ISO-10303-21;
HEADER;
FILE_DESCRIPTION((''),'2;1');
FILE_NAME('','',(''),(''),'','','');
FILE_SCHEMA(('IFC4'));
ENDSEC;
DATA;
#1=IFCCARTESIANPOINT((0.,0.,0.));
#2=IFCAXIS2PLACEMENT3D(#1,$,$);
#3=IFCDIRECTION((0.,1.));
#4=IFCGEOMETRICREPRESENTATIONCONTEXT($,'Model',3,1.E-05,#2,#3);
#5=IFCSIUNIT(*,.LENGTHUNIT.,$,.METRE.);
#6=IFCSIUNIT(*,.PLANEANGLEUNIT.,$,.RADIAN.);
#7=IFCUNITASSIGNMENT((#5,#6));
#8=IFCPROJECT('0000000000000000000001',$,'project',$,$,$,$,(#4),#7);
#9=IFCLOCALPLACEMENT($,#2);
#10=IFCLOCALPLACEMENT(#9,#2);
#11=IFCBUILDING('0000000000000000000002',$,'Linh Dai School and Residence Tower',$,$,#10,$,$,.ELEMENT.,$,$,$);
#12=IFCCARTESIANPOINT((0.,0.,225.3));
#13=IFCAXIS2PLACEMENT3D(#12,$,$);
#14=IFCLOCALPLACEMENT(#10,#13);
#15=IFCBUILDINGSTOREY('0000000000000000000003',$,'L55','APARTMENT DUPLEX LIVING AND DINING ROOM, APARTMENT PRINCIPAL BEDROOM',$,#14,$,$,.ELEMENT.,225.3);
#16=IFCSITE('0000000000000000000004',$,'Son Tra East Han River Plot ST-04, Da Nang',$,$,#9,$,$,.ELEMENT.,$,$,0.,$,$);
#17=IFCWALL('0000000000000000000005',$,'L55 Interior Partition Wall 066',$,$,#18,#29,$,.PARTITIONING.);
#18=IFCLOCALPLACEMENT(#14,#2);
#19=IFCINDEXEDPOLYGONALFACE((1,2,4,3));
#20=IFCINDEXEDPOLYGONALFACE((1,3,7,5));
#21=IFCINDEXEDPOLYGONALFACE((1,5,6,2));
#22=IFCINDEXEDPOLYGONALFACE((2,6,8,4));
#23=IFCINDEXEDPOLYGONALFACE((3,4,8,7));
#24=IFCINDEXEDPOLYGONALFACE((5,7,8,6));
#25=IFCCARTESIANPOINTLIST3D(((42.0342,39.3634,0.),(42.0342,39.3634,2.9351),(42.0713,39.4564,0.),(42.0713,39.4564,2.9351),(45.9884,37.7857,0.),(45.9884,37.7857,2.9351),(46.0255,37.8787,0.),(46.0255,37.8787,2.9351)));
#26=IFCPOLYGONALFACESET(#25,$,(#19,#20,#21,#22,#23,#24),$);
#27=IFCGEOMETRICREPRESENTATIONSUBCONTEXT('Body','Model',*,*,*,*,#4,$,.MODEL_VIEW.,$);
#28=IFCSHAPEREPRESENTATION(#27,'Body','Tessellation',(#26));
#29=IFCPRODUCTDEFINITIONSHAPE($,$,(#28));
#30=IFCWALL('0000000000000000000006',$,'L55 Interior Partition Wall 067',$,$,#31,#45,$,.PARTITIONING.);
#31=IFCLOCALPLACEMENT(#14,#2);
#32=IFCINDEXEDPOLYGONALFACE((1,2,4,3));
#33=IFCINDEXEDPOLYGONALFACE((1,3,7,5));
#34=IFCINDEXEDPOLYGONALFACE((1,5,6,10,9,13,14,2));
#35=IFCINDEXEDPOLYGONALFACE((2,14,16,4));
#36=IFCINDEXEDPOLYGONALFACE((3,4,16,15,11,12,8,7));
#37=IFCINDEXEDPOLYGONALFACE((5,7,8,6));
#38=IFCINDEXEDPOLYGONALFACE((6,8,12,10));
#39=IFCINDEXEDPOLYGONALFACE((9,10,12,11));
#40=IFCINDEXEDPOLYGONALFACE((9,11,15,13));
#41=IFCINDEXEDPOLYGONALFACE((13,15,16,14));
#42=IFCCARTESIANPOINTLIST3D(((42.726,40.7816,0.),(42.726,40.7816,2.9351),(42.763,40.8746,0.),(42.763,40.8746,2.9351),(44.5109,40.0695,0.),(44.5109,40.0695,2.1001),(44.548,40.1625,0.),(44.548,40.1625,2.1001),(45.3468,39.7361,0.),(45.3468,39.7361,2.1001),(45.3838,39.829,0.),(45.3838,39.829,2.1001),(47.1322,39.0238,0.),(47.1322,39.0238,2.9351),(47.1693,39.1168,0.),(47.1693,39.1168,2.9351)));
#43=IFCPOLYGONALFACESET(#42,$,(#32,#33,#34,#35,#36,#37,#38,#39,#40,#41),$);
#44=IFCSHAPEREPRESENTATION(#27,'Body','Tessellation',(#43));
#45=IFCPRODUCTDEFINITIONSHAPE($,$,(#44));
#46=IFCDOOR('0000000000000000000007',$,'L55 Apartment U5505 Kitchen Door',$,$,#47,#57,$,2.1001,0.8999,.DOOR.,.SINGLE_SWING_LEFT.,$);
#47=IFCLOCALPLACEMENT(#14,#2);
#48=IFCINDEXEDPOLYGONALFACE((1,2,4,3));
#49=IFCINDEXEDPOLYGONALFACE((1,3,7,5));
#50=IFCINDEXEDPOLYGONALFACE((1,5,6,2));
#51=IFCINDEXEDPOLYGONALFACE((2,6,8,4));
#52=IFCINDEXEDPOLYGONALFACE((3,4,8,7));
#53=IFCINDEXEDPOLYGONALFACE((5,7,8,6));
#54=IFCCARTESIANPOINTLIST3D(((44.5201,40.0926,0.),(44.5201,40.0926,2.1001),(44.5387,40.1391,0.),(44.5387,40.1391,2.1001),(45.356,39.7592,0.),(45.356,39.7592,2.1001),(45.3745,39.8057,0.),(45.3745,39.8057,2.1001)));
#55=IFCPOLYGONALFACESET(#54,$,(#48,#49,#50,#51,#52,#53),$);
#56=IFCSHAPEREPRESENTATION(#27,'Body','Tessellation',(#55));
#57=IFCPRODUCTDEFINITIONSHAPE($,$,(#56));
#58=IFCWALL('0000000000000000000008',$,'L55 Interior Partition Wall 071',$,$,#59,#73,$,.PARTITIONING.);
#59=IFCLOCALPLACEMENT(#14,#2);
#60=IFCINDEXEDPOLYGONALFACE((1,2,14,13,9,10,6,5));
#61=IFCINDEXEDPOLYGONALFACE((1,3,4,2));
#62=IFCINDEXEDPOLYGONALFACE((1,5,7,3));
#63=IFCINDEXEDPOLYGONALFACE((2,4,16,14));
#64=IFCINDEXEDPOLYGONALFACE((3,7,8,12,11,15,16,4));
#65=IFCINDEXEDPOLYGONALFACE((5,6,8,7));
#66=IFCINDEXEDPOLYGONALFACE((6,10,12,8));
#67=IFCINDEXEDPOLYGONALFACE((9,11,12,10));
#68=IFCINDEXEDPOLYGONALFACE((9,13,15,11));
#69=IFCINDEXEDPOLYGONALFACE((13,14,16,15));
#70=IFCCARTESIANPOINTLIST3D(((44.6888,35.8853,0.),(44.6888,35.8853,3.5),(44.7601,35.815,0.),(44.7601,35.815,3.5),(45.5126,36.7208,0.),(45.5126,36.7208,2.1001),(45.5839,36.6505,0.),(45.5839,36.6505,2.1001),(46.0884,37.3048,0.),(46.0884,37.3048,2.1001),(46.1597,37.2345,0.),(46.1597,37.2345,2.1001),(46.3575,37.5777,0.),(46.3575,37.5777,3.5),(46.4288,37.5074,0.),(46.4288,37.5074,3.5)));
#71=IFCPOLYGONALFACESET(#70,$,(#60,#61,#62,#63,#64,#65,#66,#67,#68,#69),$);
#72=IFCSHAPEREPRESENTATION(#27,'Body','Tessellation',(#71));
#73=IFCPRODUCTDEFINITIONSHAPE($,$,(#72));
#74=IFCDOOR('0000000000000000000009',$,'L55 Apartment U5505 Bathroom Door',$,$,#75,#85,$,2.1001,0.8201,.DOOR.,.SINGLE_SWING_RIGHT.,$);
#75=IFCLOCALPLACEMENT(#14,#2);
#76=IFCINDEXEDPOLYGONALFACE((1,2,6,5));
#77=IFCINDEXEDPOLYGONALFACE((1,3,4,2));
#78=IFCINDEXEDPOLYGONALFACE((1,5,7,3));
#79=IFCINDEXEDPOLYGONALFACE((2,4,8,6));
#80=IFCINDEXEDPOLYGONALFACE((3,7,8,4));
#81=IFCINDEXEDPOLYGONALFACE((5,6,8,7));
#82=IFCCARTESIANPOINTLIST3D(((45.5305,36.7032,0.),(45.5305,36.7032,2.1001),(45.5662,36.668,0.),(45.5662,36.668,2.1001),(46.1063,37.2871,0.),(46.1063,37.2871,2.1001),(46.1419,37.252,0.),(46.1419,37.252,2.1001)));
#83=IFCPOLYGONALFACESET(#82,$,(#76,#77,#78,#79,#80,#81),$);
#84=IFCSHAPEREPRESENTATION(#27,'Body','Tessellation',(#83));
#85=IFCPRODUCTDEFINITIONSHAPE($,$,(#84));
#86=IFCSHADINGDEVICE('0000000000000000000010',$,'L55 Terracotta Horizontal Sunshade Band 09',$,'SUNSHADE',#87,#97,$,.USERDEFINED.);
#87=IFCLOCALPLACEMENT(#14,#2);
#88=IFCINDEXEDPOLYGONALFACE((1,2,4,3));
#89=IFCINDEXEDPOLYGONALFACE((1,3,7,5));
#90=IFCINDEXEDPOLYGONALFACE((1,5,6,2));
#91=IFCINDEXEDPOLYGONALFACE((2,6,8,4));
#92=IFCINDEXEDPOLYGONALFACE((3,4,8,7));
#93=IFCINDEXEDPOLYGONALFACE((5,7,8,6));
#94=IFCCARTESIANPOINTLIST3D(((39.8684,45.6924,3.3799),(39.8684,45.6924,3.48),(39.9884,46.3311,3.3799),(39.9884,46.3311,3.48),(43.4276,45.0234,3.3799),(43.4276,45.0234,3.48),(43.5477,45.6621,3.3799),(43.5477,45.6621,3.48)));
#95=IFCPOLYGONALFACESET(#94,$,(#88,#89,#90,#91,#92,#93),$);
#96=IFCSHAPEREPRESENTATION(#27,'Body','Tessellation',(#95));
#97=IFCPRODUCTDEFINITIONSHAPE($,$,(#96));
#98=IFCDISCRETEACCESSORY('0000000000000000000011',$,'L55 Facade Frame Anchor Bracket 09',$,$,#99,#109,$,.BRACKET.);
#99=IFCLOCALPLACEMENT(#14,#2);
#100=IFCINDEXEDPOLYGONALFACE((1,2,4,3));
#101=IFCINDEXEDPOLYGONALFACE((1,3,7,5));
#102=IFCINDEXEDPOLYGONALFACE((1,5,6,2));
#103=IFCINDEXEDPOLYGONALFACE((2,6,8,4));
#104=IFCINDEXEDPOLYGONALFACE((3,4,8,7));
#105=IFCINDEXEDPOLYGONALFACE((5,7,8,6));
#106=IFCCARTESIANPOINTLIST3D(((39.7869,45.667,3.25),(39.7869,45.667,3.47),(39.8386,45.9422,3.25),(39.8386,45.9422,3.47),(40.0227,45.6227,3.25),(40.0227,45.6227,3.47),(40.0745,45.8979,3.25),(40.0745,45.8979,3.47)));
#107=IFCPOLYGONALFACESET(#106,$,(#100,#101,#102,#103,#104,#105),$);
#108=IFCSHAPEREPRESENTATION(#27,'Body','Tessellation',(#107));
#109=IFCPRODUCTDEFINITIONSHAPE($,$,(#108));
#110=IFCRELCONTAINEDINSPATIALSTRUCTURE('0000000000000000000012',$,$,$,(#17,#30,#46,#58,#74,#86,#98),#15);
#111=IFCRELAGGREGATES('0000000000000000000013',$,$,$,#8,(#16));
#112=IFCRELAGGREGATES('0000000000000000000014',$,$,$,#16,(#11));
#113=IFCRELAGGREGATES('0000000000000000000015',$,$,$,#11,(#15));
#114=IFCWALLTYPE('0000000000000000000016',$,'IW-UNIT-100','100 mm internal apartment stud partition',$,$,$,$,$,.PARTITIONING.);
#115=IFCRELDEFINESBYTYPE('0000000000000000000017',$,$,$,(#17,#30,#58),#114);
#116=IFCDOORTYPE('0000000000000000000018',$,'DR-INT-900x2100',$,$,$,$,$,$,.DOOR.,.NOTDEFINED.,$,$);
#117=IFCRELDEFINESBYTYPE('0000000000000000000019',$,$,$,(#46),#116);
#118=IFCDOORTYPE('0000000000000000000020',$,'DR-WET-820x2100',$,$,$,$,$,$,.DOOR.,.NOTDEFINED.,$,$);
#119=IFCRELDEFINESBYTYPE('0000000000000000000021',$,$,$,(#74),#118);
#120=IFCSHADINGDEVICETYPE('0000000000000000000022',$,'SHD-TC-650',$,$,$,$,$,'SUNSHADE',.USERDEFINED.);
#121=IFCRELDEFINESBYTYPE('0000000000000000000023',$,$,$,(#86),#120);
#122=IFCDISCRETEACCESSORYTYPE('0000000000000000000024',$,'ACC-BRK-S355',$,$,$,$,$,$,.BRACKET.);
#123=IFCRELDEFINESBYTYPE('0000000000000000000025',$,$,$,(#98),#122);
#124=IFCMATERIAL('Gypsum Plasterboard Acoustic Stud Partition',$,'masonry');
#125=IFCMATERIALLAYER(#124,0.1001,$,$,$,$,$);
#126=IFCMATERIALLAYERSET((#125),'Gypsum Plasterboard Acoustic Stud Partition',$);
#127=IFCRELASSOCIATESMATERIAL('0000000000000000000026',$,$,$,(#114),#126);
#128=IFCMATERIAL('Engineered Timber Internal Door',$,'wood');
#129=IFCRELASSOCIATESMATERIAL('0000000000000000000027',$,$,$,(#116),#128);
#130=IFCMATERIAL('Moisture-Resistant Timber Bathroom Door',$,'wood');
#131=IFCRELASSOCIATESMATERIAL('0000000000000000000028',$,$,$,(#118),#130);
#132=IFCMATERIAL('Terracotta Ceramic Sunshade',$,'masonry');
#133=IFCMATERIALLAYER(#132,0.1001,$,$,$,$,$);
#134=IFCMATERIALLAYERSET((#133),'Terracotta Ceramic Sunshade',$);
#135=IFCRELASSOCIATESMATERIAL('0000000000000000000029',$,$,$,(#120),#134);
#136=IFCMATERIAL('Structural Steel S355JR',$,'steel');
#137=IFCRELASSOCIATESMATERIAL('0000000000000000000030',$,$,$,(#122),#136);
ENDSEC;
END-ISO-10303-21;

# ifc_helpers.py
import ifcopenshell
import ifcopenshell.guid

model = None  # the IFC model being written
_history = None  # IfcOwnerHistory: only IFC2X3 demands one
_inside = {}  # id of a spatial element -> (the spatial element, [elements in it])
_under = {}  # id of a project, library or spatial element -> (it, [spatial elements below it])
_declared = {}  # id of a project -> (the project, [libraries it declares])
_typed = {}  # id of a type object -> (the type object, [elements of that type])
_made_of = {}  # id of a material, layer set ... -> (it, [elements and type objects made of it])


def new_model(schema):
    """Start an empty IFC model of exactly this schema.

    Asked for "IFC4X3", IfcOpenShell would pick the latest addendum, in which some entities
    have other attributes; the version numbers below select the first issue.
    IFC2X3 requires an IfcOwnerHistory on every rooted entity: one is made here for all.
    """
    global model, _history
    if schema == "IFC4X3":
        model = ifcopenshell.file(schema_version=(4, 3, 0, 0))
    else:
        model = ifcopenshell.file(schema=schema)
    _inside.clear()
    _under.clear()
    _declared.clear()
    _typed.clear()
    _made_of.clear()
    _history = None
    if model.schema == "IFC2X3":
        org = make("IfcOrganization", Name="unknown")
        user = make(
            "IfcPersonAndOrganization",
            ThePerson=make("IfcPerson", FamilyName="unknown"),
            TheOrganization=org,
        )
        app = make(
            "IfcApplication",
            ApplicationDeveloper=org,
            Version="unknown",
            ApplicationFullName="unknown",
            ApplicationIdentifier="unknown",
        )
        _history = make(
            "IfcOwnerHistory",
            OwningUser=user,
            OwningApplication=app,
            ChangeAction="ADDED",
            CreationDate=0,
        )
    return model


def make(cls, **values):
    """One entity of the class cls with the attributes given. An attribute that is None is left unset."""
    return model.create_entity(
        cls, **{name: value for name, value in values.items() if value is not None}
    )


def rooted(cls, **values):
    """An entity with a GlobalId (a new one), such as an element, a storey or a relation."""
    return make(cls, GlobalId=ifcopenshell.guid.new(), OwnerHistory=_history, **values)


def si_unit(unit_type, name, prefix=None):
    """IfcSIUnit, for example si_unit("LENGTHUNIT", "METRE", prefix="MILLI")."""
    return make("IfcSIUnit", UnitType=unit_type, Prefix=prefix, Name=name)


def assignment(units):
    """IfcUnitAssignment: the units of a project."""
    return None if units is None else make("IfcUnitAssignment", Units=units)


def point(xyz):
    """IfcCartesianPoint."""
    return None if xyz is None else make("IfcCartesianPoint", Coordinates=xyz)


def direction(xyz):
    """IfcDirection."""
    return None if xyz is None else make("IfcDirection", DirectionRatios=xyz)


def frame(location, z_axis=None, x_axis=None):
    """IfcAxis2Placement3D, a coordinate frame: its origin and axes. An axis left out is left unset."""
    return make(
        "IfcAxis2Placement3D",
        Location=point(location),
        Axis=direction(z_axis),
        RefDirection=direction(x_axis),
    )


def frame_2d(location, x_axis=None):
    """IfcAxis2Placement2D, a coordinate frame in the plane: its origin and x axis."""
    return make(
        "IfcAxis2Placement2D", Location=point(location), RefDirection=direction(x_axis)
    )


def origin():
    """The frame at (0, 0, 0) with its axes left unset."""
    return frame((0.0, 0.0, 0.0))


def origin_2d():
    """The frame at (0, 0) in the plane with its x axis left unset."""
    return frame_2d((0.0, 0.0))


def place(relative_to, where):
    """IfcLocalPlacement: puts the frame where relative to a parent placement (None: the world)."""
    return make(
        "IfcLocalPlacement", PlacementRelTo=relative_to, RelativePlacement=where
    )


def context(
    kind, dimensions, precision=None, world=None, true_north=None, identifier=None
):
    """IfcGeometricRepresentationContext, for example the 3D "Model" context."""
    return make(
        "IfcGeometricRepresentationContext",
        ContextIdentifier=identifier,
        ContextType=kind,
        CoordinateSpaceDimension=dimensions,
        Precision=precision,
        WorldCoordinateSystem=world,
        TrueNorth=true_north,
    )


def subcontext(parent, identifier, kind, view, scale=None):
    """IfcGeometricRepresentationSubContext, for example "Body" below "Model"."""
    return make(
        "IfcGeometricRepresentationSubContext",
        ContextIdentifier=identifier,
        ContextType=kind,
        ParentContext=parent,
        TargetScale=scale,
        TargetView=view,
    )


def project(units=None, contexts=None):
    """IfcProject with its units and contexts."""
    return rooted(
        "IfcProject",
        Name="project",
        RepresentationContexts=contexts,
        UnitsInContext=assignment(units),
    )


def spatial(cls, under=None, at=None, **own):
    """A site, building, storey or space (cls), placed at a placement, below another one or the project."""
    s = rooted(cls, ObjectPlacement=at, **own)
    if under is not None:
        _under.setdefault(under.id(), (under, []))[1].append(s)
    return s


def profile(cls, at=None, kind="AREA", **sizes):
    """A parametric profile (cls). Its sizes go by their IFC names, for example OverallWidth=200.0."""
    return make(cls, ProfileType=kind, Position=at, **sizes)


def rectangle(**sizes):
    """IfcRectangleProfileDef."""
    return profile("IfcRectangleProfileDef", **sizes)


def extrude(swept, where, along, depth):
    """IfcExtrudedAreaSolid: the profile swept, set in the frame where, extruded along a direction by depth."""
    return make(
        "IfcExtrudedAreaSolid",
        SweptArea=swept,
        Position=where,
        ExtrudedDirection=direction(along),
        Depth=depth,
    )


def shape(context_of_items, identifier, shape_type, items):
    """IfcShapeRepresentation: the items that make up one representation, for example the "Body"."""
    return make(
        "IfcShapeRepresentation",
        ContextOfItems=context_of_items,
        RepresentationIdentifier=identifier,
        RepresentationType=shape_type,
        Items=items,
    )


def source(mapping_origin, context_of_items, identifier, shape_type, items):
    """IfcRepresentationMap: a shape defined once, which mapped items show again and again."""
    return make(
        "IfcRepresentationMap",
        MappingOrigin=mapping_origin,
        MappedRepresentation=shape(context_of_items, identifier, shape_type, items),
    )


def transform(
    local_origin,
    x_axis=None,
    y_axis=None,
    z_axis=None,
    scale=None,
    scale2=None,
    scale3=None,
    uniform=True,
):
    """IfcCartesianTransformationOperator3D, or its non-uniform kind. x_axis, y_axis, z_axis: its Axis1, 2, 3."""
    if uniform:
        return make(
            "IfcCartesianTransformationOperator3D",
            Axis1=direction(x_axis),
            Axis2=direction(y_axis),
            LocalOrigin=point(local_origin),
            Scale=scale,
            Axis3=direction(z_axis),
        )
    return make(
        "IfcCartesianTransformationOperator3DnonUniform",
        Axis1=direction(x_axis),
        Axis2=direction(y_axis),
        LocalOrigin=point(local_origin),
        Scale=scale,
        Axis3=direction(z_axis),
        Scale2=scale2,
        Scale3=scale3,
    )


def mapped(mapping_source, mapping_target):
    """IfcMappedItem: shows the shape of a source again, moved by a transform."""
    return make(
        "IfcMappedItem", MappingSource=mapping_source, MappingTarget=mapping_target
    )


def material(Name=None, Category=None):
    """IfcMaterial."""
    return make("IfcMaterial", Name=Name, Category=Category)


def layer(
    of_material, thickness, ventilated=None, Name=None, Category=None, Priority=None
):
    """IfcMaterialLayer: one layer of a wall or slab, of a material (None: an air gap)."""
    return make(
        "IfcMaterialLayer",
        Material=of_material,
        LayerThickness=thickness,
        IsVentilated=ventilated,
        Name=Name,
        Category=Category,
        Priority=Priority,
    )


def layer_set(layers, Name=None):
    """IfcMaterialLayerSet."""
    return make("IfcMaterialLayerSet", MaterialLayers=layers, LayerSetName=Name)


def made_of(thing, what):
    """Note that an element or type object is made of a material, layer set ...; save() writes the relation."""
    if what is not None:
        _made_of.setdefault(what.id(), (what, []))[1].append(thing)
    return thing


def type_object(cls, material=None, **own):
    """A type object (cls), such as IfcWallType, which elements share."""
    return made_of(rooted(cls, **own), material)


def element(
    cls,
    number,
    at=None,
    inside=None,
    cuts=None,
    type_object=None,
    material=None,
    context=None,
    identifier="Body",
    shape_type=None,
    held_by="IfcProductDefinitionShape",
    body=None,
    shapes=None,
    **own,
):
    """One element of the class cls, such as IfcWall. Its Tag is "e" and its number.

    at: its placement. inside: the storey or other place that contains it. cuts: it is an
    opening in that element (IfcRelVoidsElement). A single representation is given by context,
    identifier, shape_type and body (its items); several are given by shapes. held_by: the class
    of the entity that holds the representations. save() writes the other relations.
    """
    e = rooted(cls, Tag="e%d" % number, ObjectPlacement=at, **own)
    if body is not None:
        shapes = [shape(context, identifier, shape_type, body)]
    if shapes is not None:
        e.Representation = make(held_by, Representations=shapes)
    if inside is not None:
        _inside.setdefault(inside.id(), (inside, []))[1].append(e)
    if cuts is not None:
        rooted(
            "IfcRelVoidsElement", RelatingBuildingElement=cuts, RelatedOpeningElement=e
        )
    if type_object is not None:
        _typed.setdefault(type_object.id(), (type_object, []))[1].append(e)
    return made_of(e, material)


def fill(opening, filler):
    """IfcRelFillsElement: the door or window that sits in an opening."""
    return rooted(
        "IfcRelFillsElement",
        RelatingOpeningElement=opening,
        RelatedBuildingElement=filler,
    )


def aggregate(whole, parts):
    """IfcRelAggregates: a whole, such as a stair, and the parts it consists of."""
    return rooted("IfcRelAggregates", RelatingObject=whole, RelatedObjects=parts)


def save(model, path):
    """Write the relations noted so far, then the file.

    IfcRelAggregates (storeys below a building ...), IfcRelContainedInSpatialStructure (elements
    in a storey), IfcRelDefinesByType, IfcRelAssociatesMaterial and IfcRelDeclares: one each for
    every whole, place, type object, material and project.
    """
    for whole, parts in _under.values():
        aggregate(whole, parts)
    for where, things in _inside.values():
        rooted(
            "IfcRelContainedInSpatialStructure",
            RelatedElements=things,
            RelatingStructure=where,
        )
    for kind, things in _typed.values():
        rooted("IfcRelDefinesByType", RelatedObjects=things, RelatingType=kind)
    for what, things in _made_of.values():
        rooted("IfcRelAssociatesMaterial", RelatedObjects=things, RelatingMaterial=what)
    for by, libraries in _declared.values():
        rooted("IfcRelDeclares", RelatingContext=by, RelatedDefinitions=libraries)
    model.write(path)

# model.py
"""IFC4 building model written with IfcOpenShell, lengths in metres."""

from ifc_helpers import new_model, si_unit, direction, frame, frame_2d, origin, origin_2d, place, context, subcontext, project, spatial, rectangle, extrude, source, transform, mapped, material, layer, layer_set, type_object, element, fill, save


model = new_model("IFC4")

# Units and contexts
model_context = context("Model", 3, precision=1e-05, world=origin(), true_north=direction((0.0, 1.0)))
body_context = subcontext(model_context, "Body", "Model", "MODEL_VIEW")
ifc_project = project(units=[si_unit("LENGTHUNIT", "METRE"), si_unit("PLANEANGLEUNIT", "RADIAN")], contexts=[model_context])

# Site, building, storey
site_placement = place(None, origin())
site = spatial("IfcSite", under=ifc_project, at=site_placement, Name="Son Tra East Han River Plot ST-04, Da Nang", CompositionType="ELEMENT", RefElevation=0.0)
building_placement = place(site_placement, origin())
building = spatial("IfcBuilding", under=site, at=building_placement, Name="Linh Dai School and Residence Tower", CompositionType="ELEMENT")
storey_placement = place(building_placement, frame((0.0, 0.0, 225.3)))
storey = spatial("IfcBuildingStorey", under=building, at=storey_placement, Name="L55", Description="APARTMENT DUPLEX LIVING AND DINING ROOM, APARTMENT PRINCIPAL BEDROOM", CompositionType="ELEMENT", Elevation=225.3)

# Shared definitions
ifc_material_1 = material(Name="Structural Steel S355JR", Category="steel")

# Wall
ifc_material_2 = material(Name="Gypsum Plasterboard Acoustic Stud Partition", Category="masonry")
ifc_layer_1 = layer(ifc_material_2, 0.1001)
ifc_layer_set_1 = layer_set([ifc_layer_1], Name="Gypsum Plasterboard Acoustic Stud Partition")
wall_type_1 = type_object("IfcWallType", Name="IW-UNIT-100", Description="100 mm internal apartment stud partition", PredefinedType="PARTITIONING", material=ifc_layer_set_1)
wall_1_placement = place(storey_placement, frame((42.0527, 39.4099, 0.0), z_axis=(0.0, 0.0, 1.0), x_axis=(0.928801, -0.37058, 0.0)))
element("IfcWall", 1, at=wall_1_placement, inside=storey, type_object=wall_type_1, Name="L55 Interior Partition Wall 066", PredefinedType="PARTITIONING", context=body_context, shape_type="SweptSolid", body=[
    extrude(rectangle(XDim=4.2573, YDim=0.1001, at=frame_2d((2.1287, 0.0))), origin(), (0.0, 0.0, 1.0), 2.9351),
])

# Walls, openings, doors
wall_2_placement = place(storey_placement, frame((42.7444, 40.8281, 0.0), z_axis=(0.0, 0.0, 1.0), x_axis=(0.928817, -0.370539, 0.0)))
wall_2 = element("IfcWall", 2, at=wall_2_placement, inside=storey, type_object=wall_type_1, Name="L55 Interior Partition Wall 067", PredefinedType="PARTITIONING", context=body_context, shape_type="SweptSolid", body=[
    extrude(rectangle(XDim=4.7439, YDim=0.1001, at=frame_2d((2.3721, 0.0))), origin(), (0.0, 0.0, 1.0), 2.9351),
])
opening_1_placement = place(wall_2_placement, frame((1.9219, 0.0, 0.0)))
opening_1 = element("IfcOpeningElement", 3, at=opening_1_placement, cuts=wall_2, PredefinedType="OPENING", context=body_context, shape_type="SweptSolid", body=[
    extrude(rectangle(XDim=0.8999, YDim=2.1001, at=origin_2d()), frame((0.45, 0.0601, 1.05), z_axis=(0.0, -1.0, 0.0), x_axis=(1.0, 0.0, 0.0)), (0.0, 0.0, 1.0), 0.1201),
])
ifc_material_3 = material(Name="Engineered Timber Internal Door", Category="wood")
door_type_1 = type_object("IfcDoorType", Name="DR-INT-900x2100", OperationType="NOTDEFINED", PredefinedType="DOOR", material=ifc_material_3)
shared_shape_1 = source(origin(), body_context, "Body", "SweptSolid", [
    extrude(rectangle(XDim=0.8999, YDim=2.1001, at=origin_2d()), frame((0.45, 0.0249, 1.05), z_axis=(0.0, -1.0, 0.0), x_axis=(1.0, 0.0, 0.0)), (0.0, 0.0, 1.0), 0.05),
])
door_1_placement = place(opening_1_placement, origin())
door_1 = element("IfcDoor", 4, at=door_1_placement, inside=storey, type_object=door_type_1, Name="L55 Apartment U5505 Kitchen Door", OperationType="SINGLE_SWING_LEFT", OverallHeight=2.1001, OverallWidth=0.8999, PredefinedType="DOOR", context=body_context, shape_type="MappedRepresentation", body=[
    mapped(shared_shape_1, transform((0.0, 0.0, 0.0), x_axis=(1.0, 0.0, 0.0), y_axis=(0.0, 1.0, 0.0), z_axis=(0.0, 0.0, 1.0), scale=1.0)),
])
fill(opening_1, door_1)
wall_3_placement = place(storey_placement, frame((44.7244, 35.8501, 0.0), z_axis=(0.0, 0.0, 1.0), x_axis=(0.702107, 0.712071, 0.0)))
wall_3 = element("IfcWall", 5, at=wall_3_placement, inside=storey, type_object=wall_type_1, Name="L55 Interior Partition Wall 071", PredefinedType="PARTITIONING", context=body_context, shape_type="SweptSolid", body=[
    extrude(rectangle(XDim=2.3767, YDim=0.1001, at=frame_2d((1.1885, 0.0))), origin(), (0.0, 0.0, 1.0), 3.5),
])
opening_2_placement = place(wall_3_placement, frame((1.1733, 0.0, 0.0)))
opening_2 = element("IfcOpeningElement", 6, at=opening_2_placement, cuts=wall_3, PredefinedType="OPENING", context=body_context, shape_type="SweptSolid", body=[
    extrude(rectangle(XDim=0.8201, YDim=2.1001, at=origin_2d()), frame((0.4102, 0.0601, 1.05), z_axis=(0.0, -1.0, 0.0), x_axis=(1.0, 0.0, 0.0)), (0.0, 0.0, 1.0), 0.1201),
])
ifc_material_4 = material(Name="Moisture-Resistant Timber Bathroom Door", Category="wood")
door_type_2 = type_object("IfcDoorType", Name="DR-WET-820x2100", OperationType="NOTDEFINED", PredefinedType="DOOR", material=ifc_material_4)
shared_shape_2 = source(origin(), body_context, "Body", "SweptSolid", [
    extrude(rectangle(XDim=0.8201, YDim=2.1001, at=origin_2d()), frame((0.4102, 0.0249, 1.05), z_axis=(0.0, -1.0, 0.0), x_axis=(1.0, 0.0, 0.0)), (0.0, 0.0, 1.0), 0.05),
])
door_2_placement = place(opening_2_placement, origin())
door_2 = element("IfcDoor", 7, at=door_2_placement, inside=storey, type_object=door_type_2, Name="L55 Apartment U5505 Bathroom Door", OperationType="SINGLE_SWING_RIGHT", OverallHeight=2.1001, OverallWidth=0.8201, PredefinedType="DOOR", context=body_context, shape_type="MappedRepresentation", body=[
    mapped(shared_shape_2, transform((0.0, 0.0, 0.0), x_axis=(1.0, 0.0, 0.0), y_axis=(0.0, 1.0, 0.0), z_axis=(0.0, 0.0, 1.0), scale=1.0)),
])
fill(opening_2, door_2)

# Shading device
ifc_material_5 = material(Name="Terracotta Ceramic Sunshade", Category="masonry")
ifc_layer_2 = layer(ifc_material_5, 0.1001)
ifc_layer_set_2 = layer_set([ifc_layer_2], Name="Terracotta Ceramic Sunshade")
shading_device_type = type_object("IfcShadingDeviceType", Name="SHD-TC-650", ElementType="SUNSHADE", PredefinedType="USERDEFINED", material=ifc_layer_set_2)
shared_shape_3 = source(origin(), body_context, "Body", "SweptSolid", [
    extrude(rectangle(XDim=3.6216, YDim=0.6499, at=origin_2d()), origin(), (0.0, 0.0, 1.0), 0.1001),
])
shading_device_placement = place(storey_placement, frame((41.708, 45.6772, 3.3799), z_axis=(0.0, 0.0, 1.0), x_axis=(0.982787, -0.184744, 0.0)))
element("IfcShadingDevice", 8, at=shading_device_placement, inside=storey, type_object=shading_device_type, Name="L55 Terracotta Horizontal Sunshade Band 09", ObjectType="SUNSHADE", PredefinedType="USERDEFINED", context=body_context, shape_type="MappedRepresentation", body=[
    mapped(shared_shape_3, transform((0.0, 0.0, 0.0), x_axis=(1.0, 0.0, 0.0), y_axis=(0.0, 1.0, 0.0), z_axis=(0.0, 0.0, 1.0), scale=1.0)),
])

# Discrete accessory
discrete_accessory_type = type_object("IfcDiscreteAccessoryType", Name="ACC-BRK-S355", PredefinedType="BRACKET", material=ifc_material_1)
shared_shape_4 = source(origin(), body_context, "Body", "SweptSolid", [
    extrude(rectangle(XDim=0.28, YDim=0.24, at=origin_2d()), origin(), (0.0, 0.0, 1.0), 0.22),
])
discrete_accessory_placement = place(storey_placement, frame((39.9307, 45.7825, 3.25), z_axis=(0.0, 0.0, 1.0), x_axis=(0.184744, 0.982787, 0.0)))
element("IfcDiscreteAccessory", 9, at=discrete_accessory_placement, inside=storey, type_object=discrete_accessory_type, Name="L55 Facade Frame Anchor Bracket 09", PredefinedType="BRACKET", context=body_context, shape_type="MappedRepresentation", body=[
    mapped(shared_shape_4, transform((0.0, 0.0, 0.0), x_axis=(1.0, 0.0, 0.0), y_axis=(0.0, 1.0, 0.0), z_axis=(0.0, 0.0, 1.0), scale=1.0)),
])

save(model, "model.ifc")
